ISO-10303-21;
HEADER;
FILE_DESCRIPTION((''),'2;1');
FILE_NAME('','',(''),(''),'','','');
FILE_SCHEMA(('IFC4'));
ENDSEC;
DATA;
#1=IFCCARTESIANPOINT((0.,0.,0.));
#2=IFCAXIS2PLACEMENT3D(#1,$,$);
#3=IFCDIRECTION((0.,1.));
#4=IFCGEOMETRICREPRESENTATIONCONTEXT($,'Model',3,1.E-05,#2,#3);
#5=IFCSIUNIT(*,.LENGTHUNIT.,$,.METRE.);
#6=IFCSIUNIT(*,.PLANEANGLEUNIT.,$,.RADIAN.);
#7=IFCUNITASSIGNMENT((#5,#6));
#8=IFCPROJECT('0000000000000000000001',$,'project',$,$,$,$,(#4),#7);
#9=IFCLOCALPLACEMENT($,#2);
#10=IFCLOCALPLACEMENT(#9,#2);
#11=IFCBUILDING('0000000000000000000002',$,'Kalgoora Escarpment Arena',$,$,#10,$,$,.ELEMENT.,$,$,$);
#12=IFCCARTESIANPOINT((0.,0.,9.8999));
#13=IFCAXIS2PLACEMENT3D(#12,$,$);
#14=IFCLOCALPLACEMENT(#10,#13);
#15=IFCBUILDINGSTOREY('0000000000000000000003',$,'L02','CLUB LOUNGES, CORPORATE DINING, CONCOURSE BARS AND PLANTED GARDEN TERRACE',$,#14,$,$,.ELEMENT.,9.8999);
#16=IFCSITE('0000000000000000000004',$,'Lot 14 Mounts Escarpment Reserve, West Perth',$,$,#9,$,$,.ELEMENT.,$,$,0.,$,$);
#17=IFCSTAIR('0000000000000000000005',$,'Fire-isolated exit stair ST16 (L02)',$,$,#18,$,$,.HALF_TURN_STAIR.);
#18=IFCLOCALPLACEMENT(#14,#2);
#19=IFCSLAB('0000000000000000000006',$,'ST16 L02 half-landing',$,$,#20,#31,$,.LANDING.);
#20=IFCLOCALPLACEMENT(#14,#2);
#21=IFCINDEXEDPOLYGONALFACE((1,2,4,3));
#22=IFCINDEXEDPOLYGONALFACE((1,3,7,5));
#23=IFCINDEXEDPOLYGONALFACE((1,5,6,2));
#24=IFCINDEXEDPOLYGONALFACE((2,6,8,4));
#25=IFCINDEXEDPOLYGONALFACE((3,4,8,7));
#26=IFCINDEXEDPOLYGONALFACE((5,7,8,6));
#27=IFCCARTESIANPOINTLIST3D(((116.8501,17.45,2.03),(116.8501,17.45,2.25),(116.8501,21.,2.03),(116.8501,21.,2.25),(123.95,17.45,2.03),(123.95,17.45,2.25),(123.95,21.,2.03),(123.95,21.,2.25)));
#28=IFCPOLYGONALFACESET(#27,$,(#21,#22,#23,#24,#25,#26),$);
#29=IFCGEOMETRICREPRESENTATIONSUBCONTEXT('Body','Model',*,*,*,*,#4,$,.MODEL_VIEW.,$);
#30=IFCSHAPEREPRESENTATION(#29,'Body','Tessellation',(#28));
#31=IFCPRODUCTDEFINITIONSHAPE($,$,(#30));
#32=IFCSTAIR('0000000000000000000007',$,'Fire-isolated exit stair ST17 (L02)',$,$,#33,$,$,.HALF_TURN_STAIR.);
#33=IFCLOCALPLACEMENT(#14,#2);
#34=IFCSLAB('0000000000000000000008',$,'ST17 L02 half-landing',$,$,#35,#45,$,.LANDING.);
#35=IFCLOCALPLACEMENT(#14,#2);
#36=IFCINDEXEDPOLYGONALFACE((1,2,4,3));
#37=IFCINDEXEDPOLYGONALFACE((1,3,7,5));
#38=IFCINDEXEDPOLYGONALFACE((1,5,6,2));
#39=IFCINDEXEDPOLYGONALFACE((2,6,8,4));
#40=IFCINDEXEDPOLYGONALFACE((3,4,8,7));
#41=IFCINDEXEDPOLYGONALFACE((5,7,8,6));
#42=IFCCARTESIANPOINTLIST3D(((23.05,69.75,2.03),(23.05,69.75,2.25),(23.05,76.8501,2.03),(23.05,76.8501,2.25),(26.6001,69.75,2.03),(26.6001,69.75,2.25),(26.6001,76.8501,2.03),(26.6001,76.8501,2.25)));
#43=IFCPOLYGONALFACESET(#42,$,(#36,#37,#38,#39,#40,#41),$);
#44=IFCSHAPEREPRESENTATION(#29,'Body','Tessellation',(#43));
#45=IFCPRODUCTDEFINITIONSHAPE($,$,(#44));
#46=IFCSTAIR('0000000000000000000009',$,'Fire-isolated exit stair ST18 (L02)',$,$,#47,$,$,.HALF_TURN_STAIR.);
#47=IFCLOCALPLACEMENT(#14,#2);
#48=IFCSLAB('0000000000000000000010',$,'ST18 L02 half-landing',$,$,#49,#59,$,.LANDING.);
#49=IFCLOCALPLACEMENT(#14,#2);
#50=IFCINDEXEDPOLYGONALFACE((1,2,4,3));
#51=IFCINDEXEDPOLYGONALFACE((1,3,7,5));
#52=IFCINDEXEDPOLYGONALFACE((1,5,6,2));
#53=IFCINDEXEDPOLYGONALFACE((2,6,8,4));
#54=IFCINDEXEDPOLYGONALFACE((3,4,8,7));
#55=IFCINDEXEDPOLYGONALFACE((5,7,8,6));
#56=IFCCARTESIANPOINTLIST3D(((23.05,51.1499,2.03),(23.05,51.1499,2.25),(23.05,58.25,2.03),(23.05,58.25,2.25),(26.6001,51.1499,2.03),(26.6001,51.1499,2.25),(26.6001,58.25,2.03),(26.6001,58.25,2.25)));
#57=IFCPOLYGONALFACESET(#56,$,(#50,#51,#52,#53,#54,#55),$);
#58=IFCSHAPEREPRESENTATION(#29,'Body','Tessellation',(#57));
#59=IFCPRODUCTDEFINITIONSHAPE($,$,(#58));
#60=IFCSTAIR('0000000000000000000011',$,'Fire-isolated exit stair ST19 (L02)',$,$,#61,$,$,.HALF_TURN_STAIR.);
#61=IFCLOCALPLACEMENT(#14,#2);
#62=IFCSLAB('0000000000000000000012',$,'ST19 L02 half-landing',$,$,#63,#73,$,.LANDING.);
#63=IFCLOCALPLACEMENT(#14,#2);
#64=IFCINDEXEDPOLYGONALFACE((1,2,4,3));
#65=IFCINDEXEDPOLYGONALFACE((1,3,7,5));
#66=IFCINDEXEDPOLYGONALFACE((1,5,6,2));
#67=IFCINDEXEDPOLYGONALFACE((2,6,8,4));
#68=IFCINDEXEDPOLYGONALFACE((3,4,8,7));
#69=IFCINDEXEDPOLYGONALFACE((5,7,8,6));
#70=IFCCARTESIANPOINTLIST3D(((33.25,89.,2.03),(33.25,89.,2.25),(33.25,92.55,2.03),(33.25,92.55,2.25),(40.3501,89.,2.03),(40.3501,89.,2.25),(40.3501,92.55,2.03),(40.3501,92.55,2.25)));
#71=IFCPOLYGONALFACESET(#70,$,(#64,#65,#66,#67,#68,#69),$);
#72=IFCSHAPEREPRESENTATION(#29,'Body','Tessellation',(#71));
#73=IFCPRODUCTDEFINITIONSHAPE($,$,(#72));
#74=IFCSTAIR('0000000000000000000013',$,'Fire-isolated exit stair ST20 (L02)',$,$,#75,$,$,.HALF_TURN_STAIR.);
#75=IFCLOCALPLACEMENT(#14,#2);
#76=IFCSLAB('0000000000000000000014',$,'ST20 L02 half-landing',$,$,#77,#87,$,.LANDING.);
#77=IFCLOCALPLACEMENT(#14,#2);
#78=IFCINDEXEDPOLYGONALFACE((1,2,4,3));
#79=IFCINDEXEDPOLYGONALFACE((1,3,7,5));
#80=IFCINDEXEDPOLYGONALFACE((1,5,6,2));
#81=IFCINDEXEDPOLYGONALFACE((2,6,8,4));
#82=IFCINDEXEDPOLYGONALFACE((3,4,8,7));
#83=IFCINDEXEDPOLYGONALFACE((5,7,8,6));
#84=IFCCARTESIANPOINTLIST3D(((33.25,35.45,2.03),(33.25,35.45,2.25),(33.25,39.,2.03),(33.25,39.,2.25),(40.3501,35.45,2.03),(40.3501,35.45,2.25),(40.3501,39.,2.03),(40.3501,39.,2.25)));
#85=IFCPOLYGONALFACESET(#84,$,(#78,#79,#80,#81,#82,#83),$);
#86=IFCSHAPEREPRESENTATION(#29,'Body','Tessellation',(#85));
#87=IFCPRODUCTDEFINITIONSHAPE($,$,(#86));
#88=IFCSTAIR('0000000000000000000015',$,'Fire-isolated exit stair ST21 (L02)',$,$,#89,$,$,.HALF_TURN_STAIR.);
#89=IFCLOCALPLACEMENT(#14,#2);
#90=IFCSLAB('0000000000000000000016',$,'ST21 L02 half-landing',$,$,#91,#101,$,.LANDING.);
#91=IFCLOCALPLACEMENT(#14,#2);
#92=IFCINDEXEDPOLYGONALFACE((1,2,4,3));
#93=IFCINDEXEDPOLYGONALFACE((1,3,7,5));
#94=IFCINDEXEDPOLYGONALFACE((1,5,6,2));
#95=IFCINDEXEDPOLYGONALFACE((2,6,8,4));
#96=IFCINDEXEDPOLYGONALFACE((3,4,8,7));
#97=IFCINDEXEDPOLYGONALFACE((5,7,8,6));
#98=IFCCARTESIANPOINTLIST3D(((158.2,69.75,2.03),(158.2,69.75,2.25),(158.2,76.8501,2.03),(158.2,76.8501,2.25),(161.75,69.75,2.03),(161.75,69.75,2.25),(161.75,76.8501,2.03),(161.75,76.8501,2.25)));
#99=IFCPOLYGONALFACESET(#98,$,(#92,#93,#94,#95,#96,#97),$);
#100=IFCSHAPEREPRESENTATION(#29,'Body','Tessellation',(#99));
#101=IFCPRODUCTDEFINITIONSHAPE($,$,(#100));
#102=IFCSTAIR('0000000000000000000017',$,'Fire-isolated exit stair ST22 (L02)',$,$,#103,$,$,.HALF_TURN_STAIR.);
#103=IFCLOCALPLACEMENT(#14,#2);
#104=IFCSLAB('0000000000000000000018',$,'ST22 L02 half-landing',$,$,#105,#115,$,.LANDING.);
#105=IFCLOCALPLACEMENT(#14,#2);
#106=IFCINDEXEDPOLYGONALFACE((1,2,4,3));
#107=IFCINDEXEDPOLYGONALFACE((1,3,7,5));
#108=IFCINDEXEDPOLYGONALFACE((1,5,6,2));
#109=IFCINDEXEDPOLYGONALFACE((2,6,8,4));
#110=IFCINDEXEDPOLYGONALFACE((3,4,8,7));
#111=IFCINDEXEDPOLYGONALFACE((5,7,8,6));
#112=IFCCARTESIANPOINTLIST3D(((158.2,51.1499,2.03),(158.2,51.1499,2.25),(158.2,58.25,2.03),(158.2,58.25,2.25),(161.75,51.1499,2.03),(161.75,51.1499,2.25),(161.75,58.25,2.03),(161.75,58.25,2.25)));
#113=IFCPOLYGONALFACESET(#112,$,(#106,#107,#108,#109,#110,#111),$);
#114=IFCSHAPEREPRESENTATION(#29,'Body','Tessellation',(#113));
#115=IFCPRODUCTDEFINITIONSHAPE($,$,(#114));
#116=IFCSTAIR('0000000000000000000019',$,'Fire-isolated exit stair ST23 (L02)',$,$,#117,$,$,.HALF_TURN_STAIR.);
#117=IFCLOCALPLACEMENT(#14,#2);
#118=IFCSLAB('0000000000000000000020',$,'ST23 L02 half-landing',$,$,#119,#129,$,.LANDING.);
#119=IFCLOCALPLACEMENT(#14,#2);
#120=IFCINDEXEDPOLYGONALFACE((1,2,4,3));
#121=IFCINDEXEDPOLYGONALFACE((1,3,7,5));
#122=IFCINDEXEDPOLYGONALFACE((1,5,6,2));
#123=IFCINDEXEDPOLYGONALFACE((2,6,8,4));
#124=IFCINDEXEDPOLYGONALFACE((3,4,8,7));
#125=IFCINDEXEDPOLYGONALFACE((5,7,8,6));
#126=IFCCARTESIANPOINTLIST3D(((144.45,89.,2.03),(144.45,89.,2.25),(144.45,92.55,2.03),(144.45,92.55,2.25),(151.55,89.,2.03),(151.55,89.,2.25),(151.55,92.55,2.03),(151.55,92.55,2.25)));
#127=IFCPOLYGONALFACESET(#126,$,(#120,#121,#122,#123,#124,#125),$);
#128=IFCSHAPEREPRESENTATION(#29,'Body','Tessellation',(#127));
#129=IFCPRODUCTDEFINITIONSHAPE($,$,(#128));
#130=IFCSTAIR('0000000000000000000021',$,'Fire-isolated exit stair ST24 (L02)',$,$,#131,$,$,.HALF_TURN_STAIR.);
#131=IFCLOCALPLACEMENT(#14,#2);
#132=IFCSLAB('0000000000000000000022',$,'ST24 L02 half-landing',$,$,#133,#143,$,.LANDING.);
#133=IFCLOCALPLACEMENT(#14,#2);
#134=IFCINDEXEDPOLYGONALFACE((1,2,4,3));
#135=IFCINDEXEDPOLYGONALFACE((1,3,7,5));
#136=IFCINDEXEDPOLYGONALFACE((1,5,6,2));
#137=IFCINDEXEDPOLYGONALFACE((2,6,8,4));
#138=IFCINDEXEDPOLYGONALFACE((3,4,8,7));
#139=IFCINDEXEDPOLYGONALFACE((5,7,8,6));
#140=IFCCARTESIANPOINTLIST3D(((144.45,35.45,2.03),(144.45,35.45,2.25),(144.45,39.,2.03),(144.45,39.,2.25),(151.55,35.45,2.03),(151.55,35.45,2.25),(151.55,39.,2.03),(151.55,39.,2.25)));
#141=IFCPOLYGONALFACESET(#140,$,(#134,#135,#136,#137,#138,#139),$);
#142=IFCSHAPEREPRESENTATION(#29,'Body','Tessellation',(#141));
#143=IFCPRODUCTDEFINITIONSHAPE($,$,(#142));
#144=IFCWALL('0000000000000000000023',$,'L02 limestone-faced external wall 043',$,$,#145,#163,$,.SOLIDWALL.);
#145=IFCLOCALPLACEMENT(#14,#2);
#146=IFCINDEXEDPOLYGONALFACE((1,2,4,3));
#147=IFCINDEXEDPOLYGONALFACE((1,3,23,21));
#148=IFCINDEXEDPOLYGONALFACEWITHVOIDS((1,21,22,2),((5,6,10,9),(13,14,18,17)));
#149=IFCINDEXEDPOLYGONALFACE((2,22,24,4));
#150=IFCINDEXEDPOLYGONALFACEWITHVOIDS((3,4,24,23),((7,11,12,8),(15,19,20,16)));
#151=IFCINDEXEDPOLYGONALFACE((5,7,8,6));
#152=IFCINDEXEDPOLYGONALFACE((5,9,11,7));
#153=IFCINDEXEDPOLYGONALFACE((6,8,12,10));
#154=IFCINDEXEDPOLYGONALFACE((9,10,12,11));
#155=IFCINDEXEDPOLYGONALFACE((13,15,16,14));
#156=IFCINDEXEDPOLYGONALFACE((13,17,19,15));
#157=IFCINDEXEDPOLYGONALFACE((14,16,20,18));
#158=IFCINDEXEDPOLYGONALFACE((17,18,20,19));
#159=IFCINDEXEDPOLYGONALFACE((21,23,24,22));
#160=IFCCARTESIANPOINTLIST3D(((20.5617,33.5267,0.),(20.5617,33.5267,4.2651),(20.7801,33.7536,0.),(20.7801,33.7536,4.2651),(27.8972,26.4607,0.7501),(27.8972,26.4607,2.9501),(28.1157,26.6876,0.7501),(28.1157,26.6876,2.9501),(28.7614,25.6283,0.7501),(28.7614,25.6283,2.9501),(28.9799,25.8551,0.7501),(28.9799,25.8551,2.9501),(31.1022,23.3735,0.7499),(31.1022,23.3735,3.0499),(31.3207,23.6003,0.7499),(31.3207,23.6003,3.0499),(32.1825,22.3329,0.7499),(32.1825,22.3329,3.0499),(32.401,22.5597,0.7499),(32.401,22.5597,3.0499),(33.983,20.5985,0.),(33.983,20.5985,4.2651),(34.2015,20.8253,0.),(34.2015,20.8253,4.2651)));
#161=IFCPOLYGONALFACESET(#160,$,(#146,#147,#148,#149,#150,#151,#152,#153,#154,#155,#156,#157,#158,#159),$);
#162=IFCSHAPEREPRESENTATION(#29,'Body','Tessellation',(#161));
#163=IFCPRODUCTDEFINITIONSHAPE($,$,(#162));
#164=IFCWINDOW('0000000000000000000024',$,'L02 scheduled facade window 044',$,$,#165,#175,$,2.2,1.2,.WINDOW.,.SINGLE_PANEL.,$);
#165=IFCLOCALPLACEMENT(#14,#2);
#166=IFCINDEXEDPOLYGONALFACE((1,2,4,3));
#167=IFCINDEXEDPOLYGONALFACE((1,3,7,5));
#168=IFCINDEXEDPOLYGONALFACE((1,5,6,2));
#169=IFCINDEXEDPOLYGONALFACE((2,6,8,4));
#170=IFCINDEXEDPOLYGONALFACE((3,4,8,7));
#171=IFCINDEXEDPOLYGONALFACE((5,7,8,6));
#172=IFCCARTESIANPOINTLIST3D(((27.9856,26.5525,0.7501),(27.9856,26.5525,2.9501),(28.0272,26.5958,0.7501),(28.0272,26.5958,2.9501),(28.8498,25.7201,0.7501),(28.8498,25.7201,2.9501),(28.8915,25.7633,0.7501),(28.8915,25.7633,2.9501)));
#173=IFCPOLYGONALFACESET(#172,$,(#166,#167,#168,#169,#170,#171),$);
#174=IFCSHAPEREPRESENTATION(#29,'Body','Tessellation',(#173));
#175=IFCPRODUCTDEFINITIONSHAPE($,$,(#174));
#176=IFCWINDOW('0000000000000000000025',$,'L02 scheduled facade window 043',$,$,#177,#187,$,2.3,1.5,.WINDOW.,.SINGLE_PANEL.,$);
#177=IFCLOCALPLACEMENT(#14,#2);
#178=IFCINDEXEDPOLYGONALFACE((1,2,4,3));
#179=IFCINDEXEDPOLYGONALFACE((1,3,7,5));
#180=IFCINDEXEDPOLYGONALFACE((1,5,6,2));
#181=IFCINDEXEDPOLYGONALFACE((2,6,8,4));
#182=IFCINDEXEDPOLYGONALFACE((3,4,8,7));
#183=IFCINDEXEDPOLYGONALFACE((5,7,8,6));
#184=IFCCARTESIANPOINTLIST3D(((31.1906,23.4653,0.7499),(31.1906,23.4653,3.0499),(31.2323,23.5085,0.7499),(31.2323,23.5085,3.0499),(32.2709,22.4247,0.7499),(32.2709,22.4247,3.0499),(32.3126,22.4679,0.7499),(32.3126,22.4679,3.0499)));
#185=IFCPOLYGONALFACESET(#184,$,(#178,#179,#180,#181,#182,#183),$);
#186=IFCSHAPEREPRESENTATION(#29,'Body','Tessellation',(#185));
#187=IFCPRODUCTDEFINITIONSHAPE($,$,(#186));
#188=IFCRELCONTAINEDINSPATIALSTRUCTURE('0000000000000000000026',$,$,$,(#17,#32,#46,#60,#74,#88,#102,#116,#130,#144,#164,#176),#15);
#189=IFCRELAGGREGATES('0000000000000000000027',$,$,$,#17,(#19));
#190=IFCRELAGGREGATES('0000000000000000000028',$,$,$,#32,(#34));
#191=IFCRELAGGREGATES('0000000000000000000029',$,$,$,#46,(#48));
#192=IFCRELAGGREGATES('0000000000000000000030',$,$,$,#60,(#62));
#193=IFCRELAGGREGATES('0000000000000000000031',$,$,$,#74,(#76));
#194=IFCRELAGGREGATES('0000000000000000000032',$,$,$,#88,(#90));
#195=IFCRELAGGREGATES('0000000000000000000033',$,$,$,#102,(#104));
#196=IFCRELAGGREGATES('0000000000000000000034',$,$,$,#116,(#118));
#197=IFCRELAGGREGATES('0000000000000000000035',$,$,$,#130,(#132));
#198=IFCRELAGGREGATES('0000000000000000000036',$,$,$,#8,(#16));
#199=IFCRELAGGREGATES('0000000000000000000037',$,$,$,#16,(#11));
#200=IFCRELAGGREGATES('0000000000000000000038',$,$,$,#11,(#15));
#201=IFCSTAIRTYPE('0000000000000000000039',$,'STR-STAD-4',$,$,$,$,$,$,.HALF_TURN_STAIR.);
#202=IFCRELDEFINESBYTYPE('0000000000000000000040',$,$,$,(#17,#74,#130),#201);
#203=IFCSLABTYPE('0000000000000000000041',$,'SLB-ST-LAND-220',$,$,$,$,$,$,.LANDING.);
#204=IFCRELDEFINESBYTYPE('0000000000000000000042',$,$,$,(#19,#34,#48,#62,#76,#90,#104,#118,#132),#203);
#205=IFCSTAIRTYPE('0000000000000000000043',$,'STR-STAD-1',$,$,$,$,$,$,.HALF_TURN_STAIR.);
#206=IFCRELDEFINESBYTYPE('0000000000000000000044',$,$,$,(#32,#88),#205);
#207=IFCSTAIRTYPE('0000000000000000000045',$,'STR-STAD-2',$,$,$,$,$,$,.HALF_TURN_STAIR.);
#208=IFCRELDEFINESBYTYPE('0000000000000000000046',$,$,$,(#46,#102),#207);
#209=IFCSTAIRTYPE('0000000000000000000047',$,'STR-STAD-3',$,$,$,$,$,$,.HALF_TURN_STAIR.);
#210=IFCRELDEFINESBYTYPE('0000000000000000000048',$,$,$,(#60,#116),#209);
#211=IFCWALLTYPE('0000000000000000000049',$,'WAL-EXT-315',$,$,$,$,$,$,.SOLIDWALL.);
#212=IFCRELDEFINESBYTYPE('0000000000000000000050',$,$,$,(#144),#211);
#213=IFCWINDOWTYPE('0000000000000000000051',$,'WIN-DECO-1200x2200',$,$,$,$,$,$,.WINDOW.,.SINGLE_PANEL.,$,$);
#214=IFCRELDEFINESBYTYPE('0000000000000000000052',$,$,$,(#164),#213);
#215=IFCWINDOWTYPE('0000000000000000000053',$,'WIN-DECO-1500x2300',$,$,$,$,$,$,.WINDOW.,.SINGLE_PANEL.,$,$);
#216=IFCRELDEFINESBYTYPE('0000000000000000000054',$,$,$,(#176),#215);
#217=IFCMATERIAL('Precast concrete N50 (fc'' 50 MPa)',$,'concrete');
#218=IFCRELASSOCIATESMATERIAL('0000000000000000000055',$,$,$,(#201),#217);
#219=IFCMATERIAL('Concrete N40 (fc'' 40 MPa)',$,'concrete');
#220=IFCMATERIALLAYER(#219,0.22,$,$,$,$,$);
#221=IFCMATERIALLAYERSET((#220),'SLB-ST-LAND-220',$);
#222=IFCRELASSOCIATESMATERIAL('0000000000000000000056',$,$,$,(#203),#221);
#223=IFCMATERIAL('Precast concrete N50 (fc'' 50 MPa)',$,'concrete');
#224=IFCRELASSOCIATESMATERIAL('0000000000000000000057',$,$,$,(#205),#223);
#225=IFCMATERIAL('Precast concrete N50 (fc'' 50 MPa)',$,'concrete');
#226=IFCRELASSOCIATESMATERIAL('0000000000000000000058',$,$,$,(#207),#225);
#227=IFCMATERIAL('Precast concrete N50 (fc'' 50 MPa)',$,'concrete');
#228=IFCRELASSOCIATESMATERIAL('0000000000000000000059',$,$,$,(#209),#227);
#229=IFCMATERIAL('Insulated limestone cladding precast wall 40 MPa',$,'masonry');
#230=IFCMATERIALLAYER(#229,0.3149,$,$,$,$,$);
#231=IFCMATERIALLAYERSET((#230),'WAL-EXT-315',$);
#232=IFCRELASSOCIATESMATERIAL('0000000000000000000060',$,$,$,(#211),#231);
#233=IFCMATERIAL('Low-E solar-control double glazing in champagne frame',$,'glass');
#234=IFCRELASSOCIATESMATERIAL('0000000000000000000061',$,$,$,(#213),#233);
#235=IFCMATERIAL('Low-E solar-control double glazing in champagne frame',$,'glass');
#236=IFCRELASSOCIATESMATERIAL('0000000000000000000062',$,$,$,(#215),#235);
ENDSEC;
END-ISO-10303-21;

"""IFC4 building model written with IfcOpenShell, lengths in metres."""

from ifc_helpers import new_model, si_unit, direction, frame, frame_2d, origin, place, context, subcontext, project, spatial, polyline, rectangle, outline, extrude, material, layer, layer_set, type_object, element, fill, aggregate, save


model = new_model("IFC4")

# Units and contexts
model_context = context("Model", 3, precision=1e-05, world=origin(), true_north=direction((0.0, 1.0)))
body_context = subcontext(model_context, "Body", "Model", "MODEL_VIEW")
ifc_project = project(units=[si_unit("LENGTHUNIT", "METRE"), si_unit("PLANEANGLEUNIT", "RADIAN")], contexts=[model_context])

# Site, building, storey
site_placement = place(None, origin())
site = spatial("IfcSite", under=ifc_project, at=site_placement, Name="Lot 14 Mounts Escarpment Reserve, West Perth", CompositionType="ELEMENT", RefElevation=0.0)
building_placement = place(site_placement, origin())
building = spatial("IfcBuilding", under=site, at=building_placement, Name="Kalgoora Escarpment Arena", CompositionType="ELEMENT")
storey_placement = place(building_placement, frame((0.0, 0.0, 9.8999)))
storey = spatial("IfcBuildingStorey", under=building, at=storey_placement, Name="L02", Description="CLUB LOUNGES, CORPORATE DINING, CONCOURSE BARS AND PLANTED GARDEN TERRACE", CompositionType="ELEMENT", Elevation=9.8999)

# Stairs, slabs
ifc_material_1 = material(Name="Precast concrete N50 (fc' 50 MPa)", Category="concrete")
stair_type_1 = type_object("IfcStairType", Name="STR-STAD-4", PredefinedType="HALF_TURN_STAIR", material=ifc_material_1)
stair_1_placement = place(storey_placement, origin())
stair_1 = element("IfcStair", 1, at=stair_1_placement, inside=storey, type_object=stair_type_1, Name="Fire-isolated exit stair ST16 (L02)", PredefinedType="HALF_TURN_STAIR")
ifc_material_2 = material(Name="Concrete N40 (fc' 40 MPa)", Category="concrete")
ifc_layer_1 = layer(ifc_material_2, 0.22)
ifc_layer_set_1 = layer_set([ifc_layer_1], Name="SLB-ST-LAND-220")
slab_type = type_object("IfcSlabType", Name="SLB-ST-LAND-220", PredefinedType="LANDING", material=ifc_layer_set_1)
slab_1_placement = place(storey_placement, frame((0.0, 0.0, 2.03)))
slab_1 = element("IfcSlab", 2, at=slab_1_placement, type_object=slab_type, Name="ST16 L02 half-landing", PredefinedType="LANDING", context=body_context, shape_type="SweptSolid", body=[
    extrude(outline(polyline([(123.95, 21.0), (123.95, 17.45), (116.8501, 17.45), (116.8501, 21.0), (123.95, 21.0)])), origin(), (0.0, 0.0, 1.0), 0.22),
])
aggregate(stair_1, [slab_1])
ifc_material_3 = material(Name="Precast concrete N50 (fc' 50 MPa)", Category="concrete")
stair_type_2 = type_object("IfcStairType", Name="STR-STAD-1", PredefinedType="HALF_TURN_STAIR", material=ifc_material_3)
stair_2_placement = place(storey_placement, origin())
stair_2 = element("IfcStair", 3, at=stair_2_placement, inside=storey, type_object=stair_type_2, Name="Fire-isolated exit stair ST17 (L02)", PredefinedType="HALF_TURN_STAIR")
slab_2_placement = place(storey_placement, frame((0.0, 0.0, 2.03)))
slab_2 = element("IfcSlab", 4, at=slab_2_placement, type_object=slab_type, Name="ST17 L02 half-landing", PredefinedType="LANDING", context=body_context, shape_type="SweptSolid", body=[
    extrude(outline(polyline([(26.6001, 69.75), (23.05, 69.75), (23.05, 76.8501), (26.6001, 76.8501), (26.6001, 69.75)])), origin(), (0.0, 0.0, 1.0), 0.22),
])
aggregate(stair_2, [slab_2])
ifc_material_4 = material(Name="Precast concrete N50 (fc' 50 MPa)", Category="concrete")
stair_type_3 = type_object("IfcStairType", Name="STR-STAD-2", PredefinedType="HALF_TURN_STAIR", material=ifc_material_4)
stair_3_placement = place(storey_placement, origin())
stair_3 = element("IfcStair", 5, at=stair_3_placement, inside=storey, type_object=stair_type_3, Name="Fire-isolated exit stair ST18 (L02)", PredefinedType="HALF_TURN_STAIR")
slab_3_placement = place(storey_placement, frame((0.0, 0.0, 2.03)))
slab_3 = element("IfcSlab", 6, at=slab_3_placement, type_object=slab_type, Name="ST18 L02 half-landing", PredefinedType="LANDING", context=body_context, shape_type="SweptSolid", body=[
    extrude(outline(polyline([(26.6001, 51.1499), (23.05, 51.1499), (23.05, 58.25), (26.6001, 58.25), (26.6001, 51.1499)])), origin(), (0.0, 0.0, 1.0), 0.22),
])
aggregate(stair_3, [slab_3])
ifc_material_5 = material(Name="Precast concrete N50 (fc' 50 MPa)", Category="concrete")
stair_type_4 = type_object("IfcStairType", Name="STR-STAD-3", PredefinedType="HALF_TURN_STAIR", material=ifc_material_5)
stair_4_placement = place(storey_placement, origin())
stair_4 = element("IfcStair", 7, at=stair_4_placement, inside=storey, type_object=stair_type_4, Name="Fire-isolated exit stair ST19 (L02)", PredefinedType="HALF_TURN_STAIR")
slab_4_placement = place(storey_placement, frame((0.0, 0.0, 2.03)))
slab_4 = element("IfcSlab", 8, at=slab_4_placement, type_object=slab_type, Name="ST19 L02 half-landing", PredefinedType="LANDING", context=body_context, shape_type="SweptSolid", body=[
    extrude(outline(polyline([(33.25, 89.0), (33.25, 92.55), (40.3501, 92.55), (40.3501, 89.0), (33.25, 89.0)])), origin(), (0.0, 0.0, 1.0), 0.22),
])
aggregate(stair_4, [slab_4])
stair_5_placement = place(storey_placement, origin())
stair_5 = element("IfcStair", 9, at=stair_5_placement, inside=storey, type_object=stair_type_1, Name="Fire-isolated exit stair ST20 (L02)", PredefinedType="HALF_TURN_STAIR")
slab_5_placement = place(storey_placement, frame((0.0, 0.0, 2.03)))
slab_5 = element("IfcSlab", 10, at=slab_5_placement, type_object=slab_type, Name="ST20 L02 half-landing", PredefinedType="LANDING", context=body_context, shape_type="SweptSolid", body=[
    extrude(outline(polyline([(40.3501, 39.0), (40.3501, 35.45), (33.25, 35.45), (33.25, 39.0), (40.3501, 39.0)])), origin(), (0.0, 0.0, 1.0), 0.22),
])
aggregate(stair_5, [slab_5])
stair_6_placement = place(storey_placement, origin())
stair_6 = element("IfcStair", 11, at=stair_6_placement, inside=storey, type_object=stair_type_2, Name="Fire-isolated exit stair ST21 (L02)", PredefinedType="HALF_TURN_STAIR")
slab_6_placement = place(storey_placement, frame((0.0, 0.0, 2.03)))
slab_6 = element("IfcSlab", 12, at=slab_6_placement, type_object=slab_type, Name="ST21 L02 half-landing", PredefinedType="LANDING", context=body_context, shape_type="SweptSolid", body=[
    extrude(outline(polyline([(158.2, 76.8501), (161.75, 76.8501), (161.75, 69.75), (158.2, 69.75), (158.2, 76.8501)])), origin(), (0.0, 0.0, 1.0), 0.22),
])
aggregate(stair_6, [slab_6])
stair_7_placement = place(storey_placement, origin())
stair_7 = element("IfcStair", 13, at=stair_7_placement, inside=storey, type_object=stair_type_3, Name="Fire-isolated exit stair ST22 (L02)", PredefinedType="HALF_TURN_STAIR")
slab_7_placement = place(storey_placement, frame((0.0, 0.0, 2.03)))
slab_7 = element("IfcSlab", 14, at=slab_7_placement, type_object=slab_type, Name="ST22 L02 half-landing", PredefinedType="LANDING", context=body_context, shape_type="SweptSolid", body=[
    extrude(outline(polyline([(158.2, 58.25), (161.75, 58.25), (161.75, 51.1499), (158.2, 51.1499), (158.2, 58.25)])), origin(), (0.0, 0.0, 1.0), 0.22),
])
aggregate(stair_7, [slab_7])
stair_8_placement = place(storey_placement, origin())
stair_8 = element("IfcStair", 15, at=stair_8_placement, inside=storey, type_object=stair_type_4, Name="Fire-isolated exit stair ST23 (L02)", PredefinedType="HALF_TURN_STAIR")
slab_8_placement = place(storey_placement, frame((0.0, 0.0, 2.03)))
slab_8 = element("IfcSlab", 16, at=slab_8_placement, type_object=slab_type, Name="ST23 L02 half-landing", PredefinedType="LANDING", context=body_context, shape_type="SweptSolid", body=[
    extrude(outline(polyline([(144.45, 89.0), (144.45, 92.55), (151.55, 92.55), (151.55, 89.0), (144.45, 89.0)])), origin(), (0.0, 0.0, 1.0), 0.22),
])
aggregate(stair_8, [slab_8])
stair_9_placement = place(storey_placement, origin())
stair_9 = element("IfcStair", 17, at=stair_9_placement, inside=storey, type_object=stair_type_1, Name="Fire-isolated exit stair ST24 (L02)", PredefinedType="HALF_TURN_STAIR")
slab_9_placement = place(storey_placement, frame((0.0, 0.0, 2.03)))
slab_9 = element("IfcSlab", 18, at=slab_9_placement, type_object=slab_type, Name="ST24 L02 half-landing", PredefinedType="LANDING", context=body_context, shape_type="SweptSolid", body=[
    extrude(outline(polyline([(151.55, 39.0), (151.55, 35.45), (144.45, 35.45), (144.45, 39.0), (151.55, 39.0)])), origin(), (0.0, 0.0, 1.0), 0.22),
])
aggregate(stair_9, [slab_9])

# Wall, openings, windows
ifc_material_6 = material(Name="Insulated limestone cladding precast wall 40 MPa", Category="masonry")
ifc_layer_2 = layer(ifc_material_6, 0.3149)
ifc_layer_set_2 = layer_set([ifc_layer_2], Name="WAL-EXT-315")
wall_type = type_object("IfcWallType", Name="WAL-EXT-315", PredefinedType="SOLIDWALL", material=ifc_layer_set_2)
wall_placement = place(storey_placement, frame((34.0923, 20.7119, 0.0), z_axis=(0.0, 0.0, 1.0), x_axis=(-0.720215, 0.693751, 0.0)))
wall = element("IfcWall", 19, at=wall_placement, inside=storey, type_object=wall_type, Name="L02 limestone-faced external wall 043", PredefinedType="SOLIDWALL", context=body_context, shape_type="SweptSolid", body=[
    extrude(rectangle(XDim=18.6353, YDim=0.3149, at=frame_2d((9.3176, 0.0))), origin(), (0.0, 0.0, 1.0), 4.2651),
])
opening_1_placement = place(wall_placement, frame((2.5, 0.0, 0.75)))
opening_1 = element("IfcOpeningElement", 20, at=opening_1_placement, cuts=wall, PredefinedType="OPENING", context=body_context, shape_type="SweptSolid", body=[
    extrude(rectangle(XDim=1.5, YDim=2.3, at=frame_2d((0.75, 1.1499))), frame((0.0, 0.1675, 0.0), z_axis=(0.0, -1.0, 0.0), x_axis=(1.0, 0.0, 0.0)), (0.0, 0.0, 1.0), 0.335),
])
opening_2_placement = place(wall_placement, frame((7.25, 0.0, 0.75)))
opening_2 = element("IfcOpeningElement", 21, at=opening_2_placement, cuts=wall, PredefinedType="OPENING", context=body_context, shape_type="SweptSolid", body=[
    extrude(rectangle(XDim=1.2, YDim=2.2, at=frame_2d((0.6001, 1.1001))), frame((0.0, 0.1675, 0.0), z_axis=(0.0, -1.0, 0.0), x_axis=(1.0, 0.0, 0.0)), (0.0, 0.0, 1.0), 0.335),
])
ifc_material_7 = material(Name="Low-E solar-control double glazing in champagne frame", Category="glass")
window_type_1 = type_object("IfcWindowType", Name="WIN-DECO-1200x2200", PartitioningType="SINGLE_PANEL", PredefinedType="WINDOW", material=ifc_material_7)
window_1_placement = place(opening_2_placement, origin())
window_1 = element("IfcWindow", 22, at=window_1_placement, inside=storey, type_object=window_type_1, Name="L02 scheduled facade window 044", OverallHeight=2.2, OverallWidth=1.2, PartitioningType="SINGLE_PANEL", PredefinedType="WINDOW", context=body_context, shape_type="SweptSolid", body=[
    extrude(rectangle(XDim=1.2, YDim=2.2, at=frame_2d((0.6001, 1.1001))), frame((0.0, 0.03, 0.0), z_axis=(0.0, -1.0, 0.0), x_axis=(1.0, 0.0, 0.0)), (0.0, 0.0, 1.0), 0.0601),
])
fill(opening_2, window_1)
ifc_material_8 = material(Name="Low-E solar-control double glazing in champagne frame", Category="glass")
window_type_2 = type_object("IfcWindowType", Name="WIN-DECO-1500x2300", PartitioningType="SINGLE_PANEL", PredefinedType="WINDOW", material=ifc_material_8)
window_2_placement = place(opening_1_placement, origin())
window_2 = element("IfcWindow", 23, at=window_2_placement, inside=storey, type_object=window_type_2, Name="L02 scheduled facade window 043", OverallHeight=2.3, OverallWidth=1.5, PartitioningType="SINGLE_PANEL", PredefinedType="WINDOW", context=body_context, shape_type="SweptSolid", body=[
    extrude(rectangle(XDim=1.5, YDim=2.3, at=frame_2d((0.75, 1.1499))), frame((0.0, 0.03, 0.0), z_axis=(0.0, -1.0, 0.0), x_axis=(1.0, 0.0, 0.0)), (0.0, 0.0, 1.0), 0.0601),
])
fill(opening_1, window_2)

save(model, "model.ifc")
